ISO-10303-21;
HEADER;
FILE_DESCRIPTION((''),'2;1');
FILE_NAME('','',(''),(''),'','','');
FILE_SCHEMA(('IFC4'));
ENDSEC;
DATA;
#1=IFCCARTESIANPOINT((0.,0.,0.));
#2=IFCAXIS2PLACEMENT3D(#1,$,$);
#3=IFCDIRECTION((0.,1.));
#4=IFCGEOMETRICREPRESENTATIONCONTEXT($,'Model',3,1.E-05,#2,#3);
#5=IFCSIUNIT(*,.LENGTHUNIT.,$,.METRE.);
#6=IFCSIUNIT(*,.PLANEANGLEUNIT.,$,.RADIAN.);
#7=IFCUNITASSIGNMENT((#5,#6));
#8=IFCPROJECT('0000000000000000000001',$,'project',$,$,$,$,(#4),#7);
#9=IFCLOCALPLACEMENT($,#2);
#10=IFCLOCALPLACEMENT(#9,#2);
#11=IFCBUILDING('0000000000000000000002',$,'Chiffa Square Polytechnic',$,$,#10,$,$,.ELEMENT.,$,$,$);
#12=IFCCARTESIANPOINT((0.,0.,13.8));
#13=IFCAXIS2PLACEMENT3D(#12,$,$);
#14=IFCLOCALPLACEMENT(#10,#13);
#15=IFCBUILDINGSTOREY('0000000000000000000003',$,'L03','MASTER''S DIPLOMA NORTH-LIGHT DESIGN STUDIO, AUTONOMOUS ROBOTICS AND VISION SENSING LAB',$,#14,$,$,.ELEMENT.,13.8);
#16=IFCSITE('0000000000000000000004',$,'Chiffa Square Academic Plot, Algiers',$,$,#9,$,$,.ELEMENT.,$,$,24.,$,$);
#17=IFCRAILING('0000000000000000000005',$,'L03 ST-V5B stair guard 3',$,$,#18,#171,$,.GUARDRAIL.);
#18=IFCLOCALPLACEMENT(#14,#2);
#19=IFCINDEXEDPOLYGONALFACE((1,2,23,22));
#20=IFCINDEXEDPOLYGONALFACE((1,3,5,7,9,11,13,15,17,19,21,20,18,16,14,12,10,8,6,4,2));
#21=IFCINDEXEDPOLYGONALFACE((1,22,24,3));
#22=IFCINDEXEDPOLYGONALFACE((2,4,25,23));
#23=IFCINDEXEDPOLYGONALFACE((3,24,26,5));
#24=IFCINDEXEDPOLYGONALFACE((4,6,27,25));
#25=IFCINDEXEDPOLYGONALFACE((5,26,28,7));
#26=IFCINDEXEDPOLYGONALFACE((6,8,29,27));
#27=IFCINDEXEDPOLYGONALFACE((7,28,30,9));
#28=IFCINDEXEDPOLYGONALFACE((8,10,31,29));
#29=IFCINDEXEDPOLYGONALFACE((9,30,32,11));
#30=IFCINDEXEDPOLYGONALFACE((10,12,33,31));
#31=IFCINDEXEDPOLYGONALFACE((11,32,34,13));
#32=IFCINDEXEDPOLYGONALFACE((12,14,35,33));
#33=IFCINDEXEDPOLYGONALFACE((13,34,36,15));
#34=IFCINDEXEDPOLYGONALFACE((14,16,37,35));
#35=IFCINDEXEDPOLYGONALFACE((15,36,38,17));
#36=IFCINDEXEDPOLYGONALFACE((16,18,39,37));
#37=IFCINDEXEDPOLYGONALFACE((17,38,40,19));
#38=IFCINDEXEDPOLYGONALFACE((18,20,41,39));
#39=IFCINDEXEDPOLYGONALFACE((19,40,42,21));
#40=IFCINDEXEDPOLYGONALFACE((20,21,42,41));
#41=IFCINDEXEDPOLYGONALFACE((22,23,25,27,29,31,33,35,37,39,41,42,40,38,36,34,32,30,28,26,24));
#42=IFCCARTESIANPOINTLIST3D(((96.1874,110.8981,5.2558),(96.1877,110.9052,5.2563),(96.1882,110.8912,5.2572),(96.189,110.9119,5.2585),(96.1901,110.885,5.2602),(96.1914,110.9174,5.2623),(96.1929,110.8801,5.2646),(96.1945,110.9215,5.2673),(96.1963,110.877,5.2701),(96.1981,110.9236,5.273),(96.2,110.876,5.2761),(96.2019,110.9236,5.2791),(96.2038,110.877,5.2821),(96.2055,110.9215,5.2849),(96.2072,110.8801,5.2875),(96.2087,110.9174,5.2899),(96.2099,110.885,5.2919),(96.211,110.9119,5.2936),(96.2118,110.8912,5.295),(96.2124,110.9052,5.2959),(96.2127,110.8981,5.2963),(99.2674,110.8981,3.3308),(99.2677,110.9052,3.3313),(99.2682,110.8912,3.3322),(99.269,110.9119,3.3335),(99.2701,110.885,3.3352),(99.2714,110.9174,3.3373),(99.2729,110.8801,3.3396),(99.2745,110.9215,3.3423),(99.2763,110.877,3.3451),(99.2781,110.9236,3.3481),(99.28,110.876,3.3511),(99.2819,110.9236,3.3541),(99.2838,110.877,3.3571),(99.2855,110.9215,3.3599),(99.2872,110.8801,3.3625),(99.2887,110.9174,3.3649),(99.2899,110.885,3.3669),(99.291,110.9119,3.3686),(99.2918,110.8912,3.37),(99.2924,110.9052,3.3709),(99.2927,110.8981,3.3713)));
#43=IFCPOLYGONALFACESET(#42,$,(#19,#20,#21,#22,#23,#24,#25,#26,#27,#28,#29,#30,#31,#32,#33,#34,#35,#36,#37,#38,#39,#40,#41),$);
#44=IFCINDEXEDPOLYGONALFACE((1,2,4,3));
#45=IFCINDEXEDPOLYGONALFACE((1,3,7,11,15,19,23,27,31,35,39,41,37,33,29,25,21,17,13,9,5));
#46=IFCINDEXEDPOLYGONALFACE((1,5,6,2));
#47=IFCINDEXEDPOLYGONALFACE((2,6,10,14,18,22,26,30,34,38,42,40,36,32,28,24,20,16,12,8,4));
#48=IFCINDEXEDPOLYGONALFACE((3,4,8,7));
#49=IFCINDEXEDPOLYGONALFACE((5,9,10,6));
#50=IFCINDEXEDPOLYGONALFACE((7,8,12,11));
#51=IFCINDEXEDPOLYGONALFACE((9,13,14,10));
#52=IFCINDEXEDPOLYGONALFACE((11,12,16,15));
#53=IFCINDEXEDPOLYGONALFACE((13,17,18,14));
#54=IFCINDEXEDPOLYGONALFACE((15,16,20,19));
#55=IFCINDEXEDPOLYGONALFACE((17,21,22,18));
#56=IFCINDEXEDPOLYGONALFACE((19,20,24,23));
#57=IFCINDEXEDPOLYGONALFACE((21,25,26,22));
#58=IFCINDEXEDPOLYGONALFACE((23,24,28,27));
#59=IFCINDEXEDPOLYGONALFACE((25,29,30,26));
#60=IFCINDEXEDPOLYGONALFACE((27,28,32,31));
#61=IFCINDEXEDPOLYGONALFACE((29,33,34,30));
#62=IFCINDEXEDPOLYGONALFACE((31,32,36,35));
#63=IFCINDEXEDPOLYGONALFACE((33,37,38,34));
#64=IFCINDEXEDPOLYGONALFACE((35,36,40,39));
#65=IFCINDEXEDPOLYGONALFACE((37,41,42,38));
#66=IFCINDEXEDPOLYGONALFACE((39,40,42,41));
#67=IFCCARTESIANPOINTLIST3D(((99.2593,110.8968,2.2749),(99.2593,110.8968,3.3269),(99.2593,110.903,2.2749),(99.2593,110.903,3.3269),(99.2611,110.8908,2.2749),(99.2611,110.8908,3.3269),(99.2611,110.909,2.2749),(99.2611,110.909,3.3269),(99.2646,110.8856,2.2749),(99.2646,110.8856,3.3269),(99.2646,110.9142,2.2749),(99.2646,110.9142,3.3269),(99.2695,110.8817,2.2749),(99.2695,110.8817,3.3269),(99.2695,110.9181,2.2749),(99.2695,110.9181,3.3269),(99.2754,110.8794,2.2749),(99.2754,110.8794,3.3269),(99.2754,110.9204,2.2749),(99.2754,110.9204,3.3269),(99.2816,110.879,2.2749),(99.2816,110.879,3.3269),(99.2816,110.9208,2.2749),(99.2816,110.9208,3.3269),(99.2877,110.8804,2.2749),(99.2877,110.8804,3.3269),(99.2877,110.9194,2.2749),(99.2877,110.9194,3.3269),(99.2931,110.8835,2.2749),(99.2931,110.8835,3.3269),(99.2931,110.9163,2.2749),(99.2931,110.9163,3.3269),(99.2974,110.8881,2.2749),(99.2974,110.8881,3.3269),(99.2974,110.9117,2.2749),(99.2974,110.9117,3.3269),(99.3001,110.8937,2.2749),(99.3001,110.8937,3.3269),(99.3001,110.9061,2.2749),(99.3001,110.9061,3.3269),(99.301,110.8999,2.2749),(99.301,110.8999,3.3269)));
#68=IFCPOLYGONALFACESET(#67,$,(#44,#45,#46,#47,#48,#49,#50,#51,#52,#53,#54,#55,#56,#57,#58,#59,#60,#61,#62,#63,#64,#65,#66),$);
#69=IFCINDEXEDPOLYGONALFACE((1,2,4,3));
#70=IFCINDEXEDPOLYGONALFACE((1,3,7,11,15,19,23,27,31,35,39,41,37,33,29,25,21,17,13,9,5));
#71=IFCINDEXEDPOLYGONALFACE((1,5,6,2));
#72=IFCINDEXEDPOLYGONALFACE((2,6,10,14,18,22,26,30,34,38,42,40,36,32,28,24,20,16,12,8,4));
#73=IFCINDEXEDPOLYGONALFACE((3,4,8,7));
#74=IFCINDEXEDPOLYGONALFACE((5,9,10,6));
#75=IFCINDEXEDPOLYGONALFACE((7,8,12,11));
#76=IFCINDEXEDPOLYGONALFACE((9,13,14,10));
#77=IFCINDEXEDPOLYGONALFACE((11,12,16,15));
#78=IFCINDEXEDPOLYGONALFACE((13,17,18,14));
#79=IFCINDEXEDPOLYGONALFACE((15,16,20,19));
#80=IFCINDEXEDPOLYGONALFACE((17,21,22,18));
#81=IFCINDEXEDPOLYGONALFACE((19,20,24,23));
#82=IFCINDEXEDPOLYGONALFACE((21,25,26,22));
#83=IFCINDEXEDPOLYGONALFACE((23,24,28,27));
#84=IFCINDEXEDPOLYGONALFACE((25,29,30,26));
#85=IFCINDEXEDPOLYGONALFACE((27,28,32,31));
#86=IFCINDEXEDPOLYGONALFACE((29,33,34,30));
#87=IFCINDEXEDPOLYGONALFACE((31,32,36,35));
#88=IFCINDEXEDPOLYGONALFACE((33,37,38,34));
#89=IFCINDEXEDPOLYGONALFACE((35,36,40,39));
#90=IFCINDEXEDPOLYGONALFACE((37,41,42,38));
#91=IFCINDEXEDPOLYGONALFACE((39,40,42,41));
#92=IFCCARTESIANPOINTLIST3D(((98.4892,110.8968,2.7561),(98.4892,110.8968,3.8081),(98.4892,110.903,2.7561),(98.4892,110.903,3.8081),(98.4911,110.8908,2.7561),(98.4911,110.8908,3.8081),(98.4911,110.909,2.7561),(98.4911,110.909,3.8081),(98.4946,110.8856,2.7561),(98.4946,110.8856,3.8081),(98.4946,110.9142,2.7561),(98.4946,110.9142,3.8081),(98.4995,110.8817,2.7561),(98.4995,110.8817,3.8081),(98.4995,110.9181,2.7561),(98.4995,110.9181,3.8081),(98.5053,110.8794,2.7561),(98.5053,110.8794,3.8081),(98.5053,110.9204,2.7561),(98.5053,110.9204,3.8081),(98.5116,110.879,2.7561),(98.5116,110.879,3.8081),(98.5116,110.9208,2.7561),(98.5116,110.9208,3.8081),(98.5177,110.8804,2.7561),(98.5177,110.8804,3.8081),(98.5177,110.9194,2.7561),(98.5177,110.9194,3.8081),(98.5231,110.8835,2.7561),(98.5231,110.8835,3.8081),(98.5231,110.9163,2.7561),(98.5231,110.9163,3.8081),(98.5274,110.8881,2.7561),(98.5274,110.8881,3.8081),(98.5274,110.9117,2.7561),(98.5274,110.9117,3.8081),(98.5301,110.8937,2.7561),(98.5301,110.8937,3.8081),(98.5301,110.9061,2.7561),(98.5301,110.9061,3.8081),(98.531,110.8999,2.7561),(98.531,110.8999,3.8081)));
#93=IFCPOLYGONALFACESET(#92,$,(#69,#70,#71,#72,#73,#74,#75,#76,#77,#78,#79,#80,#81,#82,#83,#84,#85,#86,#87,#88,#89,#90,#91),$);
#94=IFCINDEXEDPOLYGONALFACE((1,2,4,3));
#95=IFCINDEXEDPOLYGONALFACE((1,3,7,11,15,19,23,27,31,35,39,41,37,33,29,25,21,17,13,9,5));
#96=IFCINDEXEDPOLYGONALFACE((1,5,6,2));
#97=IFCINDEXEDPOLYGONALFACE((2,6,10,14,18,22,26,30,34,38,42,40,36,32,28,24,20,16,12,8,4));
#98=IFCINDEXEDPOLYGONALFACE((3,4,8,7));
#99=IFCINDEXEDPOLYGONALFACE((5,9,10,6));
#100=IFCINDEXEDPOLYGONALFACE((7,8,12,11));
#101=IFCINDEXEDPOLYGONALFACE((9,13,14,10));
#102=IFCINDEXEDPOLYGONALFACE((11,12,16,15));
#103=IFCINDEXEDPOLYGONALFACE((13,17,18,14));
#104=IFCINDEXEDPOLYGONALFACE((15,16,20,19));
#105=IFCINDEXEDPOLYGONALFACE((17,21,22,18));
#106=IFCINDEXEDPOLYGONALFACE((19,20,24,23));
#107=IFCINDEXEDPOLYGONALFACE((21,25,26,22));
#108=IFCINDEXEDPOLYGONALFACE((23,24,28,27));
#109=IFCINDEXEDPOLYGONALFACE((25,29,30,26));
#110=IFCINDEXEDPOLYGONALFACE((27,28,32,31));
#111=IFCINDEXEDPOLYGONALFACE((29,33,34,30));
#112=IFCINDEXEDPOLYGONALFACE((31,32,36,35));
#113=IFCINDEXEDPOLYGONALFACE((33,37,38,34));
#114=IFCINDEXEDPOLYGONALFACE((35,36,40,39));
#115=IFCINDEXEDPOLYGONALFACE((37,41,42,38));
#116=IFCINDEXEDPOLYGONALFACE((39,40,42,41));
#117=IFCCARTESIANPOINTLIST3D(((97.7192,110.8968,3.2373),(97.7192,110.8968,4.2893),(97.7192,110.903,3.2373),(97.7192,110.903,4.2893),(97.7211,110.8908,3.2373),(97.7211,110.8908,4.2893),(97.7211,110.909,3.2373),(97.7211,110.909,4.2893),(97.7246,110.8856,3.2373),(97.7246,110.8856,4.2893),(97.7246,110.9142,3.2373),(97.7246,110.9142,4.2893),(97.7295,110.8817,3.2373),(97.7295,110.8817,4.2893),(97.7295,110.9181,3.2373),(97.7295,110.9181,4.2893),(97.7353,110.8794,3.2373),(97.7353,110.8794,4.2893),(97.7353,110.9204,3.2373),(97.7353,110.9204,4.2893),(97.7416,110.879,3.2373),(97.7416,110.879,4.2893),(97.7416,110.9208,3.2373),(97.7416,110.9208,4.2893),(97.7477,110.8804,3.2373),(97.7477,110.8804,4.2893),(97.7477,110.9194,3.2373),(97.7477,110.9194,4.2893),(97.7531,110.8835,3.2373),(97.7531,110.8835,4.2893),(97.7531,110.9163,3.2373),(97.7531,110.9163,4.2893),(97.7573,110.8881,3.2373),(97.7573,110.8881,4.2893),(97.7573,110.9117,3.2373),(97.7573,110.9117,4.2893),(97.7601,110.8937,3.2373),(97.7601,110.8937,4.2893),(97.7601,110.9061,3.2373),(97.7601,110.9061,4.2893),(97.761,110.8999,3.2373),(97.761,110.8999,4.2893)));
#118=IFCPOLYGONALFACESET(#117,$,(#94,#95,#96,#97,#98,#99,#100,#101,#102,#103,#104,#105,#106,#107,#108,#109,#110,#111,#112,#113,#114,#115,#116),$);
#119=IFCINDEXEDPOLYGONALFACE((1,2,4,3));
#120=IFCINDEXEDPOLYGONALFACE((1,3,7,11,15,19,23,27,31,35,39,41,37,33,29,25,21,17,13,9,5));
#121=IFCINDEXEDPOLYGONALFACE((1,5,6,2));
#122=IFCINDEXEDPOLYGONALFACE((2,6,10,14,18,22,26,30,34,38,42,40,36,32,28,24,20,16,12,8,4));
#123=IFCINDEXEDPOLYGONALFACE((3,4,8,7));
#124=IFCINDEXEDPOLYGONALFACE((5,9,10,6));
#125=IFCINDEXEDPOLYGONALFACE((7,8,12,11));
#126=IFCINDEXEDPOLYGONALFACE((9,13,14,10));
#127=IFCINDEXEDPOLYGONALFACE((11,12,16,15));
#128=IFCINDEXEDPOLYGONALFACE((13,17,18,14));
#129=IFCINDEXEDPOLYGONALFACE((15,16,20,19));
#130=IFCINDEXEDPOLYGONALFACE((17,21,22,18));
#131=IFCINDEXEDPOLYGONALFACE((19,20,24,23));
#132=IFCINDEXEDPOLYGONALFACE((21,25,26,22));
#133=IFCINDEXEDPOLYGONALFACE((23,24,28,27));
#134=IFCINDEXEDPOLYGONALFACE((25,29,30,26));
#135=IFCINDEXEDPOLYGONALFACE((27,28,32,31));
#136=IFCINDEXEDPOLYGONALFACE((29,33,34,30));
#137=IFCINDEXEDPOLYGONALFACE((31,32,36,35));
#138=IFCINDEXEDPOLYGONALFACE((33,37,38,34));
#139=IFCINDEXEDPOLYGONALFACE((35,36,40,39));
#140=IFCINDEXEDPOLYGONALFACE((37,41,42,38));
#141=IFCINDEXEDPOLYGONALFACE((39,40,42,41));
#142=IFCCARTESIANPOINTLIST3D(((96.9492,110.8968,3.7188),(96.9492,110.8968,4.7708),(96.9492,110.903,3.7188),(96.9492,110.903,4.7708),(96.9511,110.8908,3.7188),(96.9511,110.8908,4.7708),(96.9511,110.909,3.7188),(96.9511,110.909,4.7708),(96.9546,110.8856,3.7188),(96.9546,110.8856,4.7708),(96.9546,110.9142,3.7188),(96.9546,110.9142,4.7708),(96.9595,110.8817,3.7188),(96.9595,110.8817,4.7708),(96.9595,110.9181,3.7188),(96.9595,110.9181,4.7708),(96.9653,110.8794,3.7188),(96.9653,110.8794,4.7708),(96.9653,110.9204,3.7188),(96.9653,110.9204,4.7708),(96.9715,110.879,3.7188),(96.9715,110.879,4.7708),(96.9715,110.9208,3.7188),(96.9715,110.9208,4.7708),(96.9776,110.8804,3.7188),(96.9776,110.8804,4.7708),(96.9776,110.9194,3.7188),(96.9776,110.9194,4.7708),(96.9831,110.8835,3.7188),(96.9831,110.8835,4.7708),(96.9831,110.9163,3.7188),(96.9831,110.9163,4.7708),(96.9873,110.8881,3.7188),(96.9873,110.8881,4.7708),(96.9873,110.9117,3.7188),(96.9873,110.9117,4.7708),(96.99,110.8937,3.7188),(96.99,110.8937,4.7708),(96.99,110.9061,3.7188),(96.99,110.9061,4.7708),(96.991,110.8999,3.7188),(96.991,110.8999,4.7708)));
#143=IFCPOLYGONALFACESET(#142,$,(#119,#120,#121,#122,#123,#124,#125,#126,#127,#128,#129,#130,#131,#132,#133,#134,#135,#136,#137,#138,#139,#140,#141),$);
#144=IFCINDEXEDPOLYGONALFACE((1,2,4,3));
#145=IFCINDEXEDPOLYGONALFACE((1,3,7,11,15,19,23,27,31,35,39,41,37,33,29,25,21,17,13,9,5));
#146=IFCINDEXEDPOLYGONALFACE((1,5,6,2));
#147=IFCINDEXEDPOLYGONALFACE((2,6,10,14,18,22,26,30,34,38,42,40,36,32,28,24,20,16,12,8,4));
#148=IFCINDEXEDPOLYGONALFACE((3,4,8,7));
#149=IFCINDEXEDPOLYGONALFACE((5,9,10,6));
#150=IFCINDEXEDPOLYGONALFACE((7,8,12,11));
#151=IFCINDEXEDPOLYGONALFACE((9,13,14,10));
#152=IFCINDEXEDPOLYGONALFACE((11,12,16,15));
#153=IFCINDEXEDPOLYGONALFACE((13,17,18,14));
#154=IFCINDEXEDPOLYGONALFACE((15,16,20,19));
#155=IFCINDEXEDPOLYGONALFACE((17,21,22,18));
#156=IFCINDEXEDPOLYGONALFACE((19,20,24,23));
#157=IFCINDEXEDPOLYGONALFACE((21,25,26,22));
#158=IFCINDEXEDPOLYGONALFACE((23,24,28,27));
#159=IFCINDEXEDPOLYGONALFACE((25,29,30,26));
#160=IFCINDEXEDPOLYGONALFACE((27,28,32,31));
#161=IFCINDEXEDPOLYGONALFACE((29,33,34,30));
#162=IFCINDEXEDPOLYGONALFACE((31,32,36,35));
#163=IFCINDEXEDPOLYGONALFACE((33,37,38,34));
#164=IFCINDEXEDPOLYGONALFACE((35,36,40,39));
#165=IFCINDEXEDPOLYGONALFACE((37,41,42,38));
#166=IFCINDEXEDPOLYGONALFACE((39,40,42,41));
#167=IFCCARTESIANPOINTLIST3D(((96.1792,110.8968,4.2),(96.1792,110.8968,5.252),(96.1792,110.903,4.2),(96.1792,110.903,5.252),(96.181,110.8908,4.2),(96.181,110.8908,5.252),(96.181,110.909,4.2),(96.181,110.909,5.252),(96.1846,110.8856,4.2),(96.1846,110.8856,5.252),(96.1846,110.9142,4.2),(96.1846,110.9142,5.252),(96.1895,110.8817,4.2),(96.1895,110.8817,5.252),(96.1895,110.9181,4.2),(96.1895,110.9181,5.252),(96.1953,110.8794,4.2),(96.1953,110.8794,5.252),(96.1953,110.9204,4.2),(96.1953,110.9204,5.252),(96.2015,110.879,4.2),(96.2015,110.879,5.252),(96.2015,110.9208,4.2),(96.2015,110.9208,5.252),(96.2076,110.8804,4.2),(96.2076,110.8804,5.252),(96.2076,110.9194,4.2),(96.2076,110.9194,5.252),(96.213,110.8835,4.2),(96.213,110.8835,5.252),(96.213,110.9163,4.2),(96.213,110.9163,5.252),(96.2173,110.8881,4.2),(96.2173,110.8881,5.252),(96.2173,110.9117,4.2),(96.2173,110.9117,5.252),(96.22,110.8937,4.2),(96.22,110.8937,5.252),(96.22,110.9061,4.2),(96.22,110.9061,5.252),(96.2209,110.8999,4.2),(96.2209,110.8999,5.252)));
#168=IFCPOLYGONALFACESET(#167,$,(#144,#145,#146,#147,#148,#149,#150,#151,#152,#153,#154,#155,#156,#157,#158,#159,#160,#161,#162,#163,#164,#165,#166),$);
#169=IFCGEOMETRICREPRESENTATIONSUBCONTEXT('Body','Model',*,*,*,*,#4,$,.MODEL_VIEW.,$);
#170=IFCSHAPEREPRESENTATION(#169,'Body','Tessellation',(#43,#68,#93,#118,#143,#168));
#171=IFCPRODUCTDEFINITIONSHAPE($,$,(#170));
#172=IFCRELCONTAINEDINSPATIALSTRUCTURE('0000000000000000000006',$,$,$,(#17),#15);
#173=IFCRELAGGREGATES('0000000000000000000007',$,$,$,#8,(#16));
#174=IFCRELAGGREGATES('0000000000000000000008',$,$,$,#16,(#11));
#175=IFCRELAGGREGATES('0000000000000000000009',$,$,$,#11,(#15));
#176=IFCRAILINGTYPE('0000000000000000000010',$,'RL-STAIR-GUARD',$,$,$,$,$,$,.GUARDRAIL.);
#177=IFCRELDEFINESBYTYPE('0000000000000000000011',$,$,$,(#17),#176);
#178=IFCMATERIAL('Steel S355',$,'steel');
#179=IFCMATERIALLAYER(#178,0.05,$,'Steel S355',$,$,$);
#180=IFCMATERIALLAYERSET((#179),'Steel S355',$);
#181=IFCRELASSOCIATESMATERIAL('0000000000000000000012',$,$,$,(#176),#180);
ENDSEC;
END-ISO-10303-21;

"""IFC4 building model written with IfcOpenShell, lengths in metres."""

from ifc_helpers import new_model, si_unit, direction, frame, origin, origin_2d, place, context, subcontext, project, spatial, circle, extrude, material, layer, layer_set, type_object, element, save


model = new_model("IFC4")

# Units and contexts
model_context = context("Model", 3, precision=1e-05, world=origin(), true_north=direction((0.0, 1.0)))
body_context = subcontext(model_context, "Body", "Model", "MODEL_VIEW")
ifc_project = project(units=[si_unit("LENGTHUNIT", "METRE"), si_unit("PLANEANGLEUNIT", "RADIAN")], contexts=[model_context])

# Site, building, storey
site_placement = place(None, origin())
site = spatial("IfcSite", under=ifc_project, at=site_placement, Name="Chiffa Square Academic Plot, Algiers", CompositionType="ELEMENT", RefElevation=24.0)
building_placement = place(site_placement, origin())
building = spatial("IfcBuilding", under=site, at=building_placement, Name="Chiffa Square Polytechnic", CompositionType="ELEMENT")
storey_placement = place(building_placement, frame((0.0, 0.0, 13.8)))
storey = spatial("IfcBuildingStorey", under=building, at=storey_placement, Name="L03", Description="MASTER'S DIPLOMA NORTH-LIGHT DESIGN STUDIO, AUTONOMOUS ROBOTICS AND VISION SENSING LAB", CompositionType="ELEMENT", Elevation=13.8)

# Railing
ifc_material_1 = material(Name="Steel S355", Category="steel")
ifc_layer_1 = layer(ifc_material_1, 0.05, Name="Steel S355")
ifc_layer_set_1 = layer_set([ifc_layer_1], Name="Steel S355")
railing_type_1 = type_object("IfcRailingType", Name="RL-STAIR-GUARD", PredefinedType="GUARDRAIL", material=ifc_layer_set_1)
railing_1_placement = place(storey_placement, frame((99.28, 110.8999, 2.2749)))
element("IfcRailing", 1, at=railing_1_placement, inside=storey, type_object=railing_type_1, Name="L03 ST-V5B stair guard 3", PredefinedType="GUARDRAIL", context=body_context, shape_type="SweptSolid", body=[
    extrude(circle(Radius=0.0239, at=origin_2d()), frame((0.0, 0.0, 1.0762), z_axis=(-0.847998, 0.0, 0.529999), x_axis=(0.0, -1.0, 0.0)), (0.0, 0.0, 1.0), 3.6321),
    extrude(circle(Radius=0.021, at=origin_2d()), origin(), (0.0, 0.0, 1.0), 1.052),
    extrude(circle(Radius=0.021, at=origin_2d()), frame((-0.77, 0.0, 0.4812)), (0.0, 0.0, 1.0), 1.052),
    extrude(circle(Radius=0.021, at=origin_2d()), frame((-1.54, 0.0, 0.9624)), (0.0, 0.0, 1.0), 1.052),
    extrude(circle(Radius=0.021, at=origin_2d()), frame((-2.3101, 0.0, 1.4438)), (0.0, 0.0, 1.0), 1.052),
    extrude(circle(Radius=0.021, at=origin_2d()), frame((-3.0801, 0.0, 1.925)), (0.0, 0.0, 1.0), 1.052),
])

save(model, "model.ifc")
